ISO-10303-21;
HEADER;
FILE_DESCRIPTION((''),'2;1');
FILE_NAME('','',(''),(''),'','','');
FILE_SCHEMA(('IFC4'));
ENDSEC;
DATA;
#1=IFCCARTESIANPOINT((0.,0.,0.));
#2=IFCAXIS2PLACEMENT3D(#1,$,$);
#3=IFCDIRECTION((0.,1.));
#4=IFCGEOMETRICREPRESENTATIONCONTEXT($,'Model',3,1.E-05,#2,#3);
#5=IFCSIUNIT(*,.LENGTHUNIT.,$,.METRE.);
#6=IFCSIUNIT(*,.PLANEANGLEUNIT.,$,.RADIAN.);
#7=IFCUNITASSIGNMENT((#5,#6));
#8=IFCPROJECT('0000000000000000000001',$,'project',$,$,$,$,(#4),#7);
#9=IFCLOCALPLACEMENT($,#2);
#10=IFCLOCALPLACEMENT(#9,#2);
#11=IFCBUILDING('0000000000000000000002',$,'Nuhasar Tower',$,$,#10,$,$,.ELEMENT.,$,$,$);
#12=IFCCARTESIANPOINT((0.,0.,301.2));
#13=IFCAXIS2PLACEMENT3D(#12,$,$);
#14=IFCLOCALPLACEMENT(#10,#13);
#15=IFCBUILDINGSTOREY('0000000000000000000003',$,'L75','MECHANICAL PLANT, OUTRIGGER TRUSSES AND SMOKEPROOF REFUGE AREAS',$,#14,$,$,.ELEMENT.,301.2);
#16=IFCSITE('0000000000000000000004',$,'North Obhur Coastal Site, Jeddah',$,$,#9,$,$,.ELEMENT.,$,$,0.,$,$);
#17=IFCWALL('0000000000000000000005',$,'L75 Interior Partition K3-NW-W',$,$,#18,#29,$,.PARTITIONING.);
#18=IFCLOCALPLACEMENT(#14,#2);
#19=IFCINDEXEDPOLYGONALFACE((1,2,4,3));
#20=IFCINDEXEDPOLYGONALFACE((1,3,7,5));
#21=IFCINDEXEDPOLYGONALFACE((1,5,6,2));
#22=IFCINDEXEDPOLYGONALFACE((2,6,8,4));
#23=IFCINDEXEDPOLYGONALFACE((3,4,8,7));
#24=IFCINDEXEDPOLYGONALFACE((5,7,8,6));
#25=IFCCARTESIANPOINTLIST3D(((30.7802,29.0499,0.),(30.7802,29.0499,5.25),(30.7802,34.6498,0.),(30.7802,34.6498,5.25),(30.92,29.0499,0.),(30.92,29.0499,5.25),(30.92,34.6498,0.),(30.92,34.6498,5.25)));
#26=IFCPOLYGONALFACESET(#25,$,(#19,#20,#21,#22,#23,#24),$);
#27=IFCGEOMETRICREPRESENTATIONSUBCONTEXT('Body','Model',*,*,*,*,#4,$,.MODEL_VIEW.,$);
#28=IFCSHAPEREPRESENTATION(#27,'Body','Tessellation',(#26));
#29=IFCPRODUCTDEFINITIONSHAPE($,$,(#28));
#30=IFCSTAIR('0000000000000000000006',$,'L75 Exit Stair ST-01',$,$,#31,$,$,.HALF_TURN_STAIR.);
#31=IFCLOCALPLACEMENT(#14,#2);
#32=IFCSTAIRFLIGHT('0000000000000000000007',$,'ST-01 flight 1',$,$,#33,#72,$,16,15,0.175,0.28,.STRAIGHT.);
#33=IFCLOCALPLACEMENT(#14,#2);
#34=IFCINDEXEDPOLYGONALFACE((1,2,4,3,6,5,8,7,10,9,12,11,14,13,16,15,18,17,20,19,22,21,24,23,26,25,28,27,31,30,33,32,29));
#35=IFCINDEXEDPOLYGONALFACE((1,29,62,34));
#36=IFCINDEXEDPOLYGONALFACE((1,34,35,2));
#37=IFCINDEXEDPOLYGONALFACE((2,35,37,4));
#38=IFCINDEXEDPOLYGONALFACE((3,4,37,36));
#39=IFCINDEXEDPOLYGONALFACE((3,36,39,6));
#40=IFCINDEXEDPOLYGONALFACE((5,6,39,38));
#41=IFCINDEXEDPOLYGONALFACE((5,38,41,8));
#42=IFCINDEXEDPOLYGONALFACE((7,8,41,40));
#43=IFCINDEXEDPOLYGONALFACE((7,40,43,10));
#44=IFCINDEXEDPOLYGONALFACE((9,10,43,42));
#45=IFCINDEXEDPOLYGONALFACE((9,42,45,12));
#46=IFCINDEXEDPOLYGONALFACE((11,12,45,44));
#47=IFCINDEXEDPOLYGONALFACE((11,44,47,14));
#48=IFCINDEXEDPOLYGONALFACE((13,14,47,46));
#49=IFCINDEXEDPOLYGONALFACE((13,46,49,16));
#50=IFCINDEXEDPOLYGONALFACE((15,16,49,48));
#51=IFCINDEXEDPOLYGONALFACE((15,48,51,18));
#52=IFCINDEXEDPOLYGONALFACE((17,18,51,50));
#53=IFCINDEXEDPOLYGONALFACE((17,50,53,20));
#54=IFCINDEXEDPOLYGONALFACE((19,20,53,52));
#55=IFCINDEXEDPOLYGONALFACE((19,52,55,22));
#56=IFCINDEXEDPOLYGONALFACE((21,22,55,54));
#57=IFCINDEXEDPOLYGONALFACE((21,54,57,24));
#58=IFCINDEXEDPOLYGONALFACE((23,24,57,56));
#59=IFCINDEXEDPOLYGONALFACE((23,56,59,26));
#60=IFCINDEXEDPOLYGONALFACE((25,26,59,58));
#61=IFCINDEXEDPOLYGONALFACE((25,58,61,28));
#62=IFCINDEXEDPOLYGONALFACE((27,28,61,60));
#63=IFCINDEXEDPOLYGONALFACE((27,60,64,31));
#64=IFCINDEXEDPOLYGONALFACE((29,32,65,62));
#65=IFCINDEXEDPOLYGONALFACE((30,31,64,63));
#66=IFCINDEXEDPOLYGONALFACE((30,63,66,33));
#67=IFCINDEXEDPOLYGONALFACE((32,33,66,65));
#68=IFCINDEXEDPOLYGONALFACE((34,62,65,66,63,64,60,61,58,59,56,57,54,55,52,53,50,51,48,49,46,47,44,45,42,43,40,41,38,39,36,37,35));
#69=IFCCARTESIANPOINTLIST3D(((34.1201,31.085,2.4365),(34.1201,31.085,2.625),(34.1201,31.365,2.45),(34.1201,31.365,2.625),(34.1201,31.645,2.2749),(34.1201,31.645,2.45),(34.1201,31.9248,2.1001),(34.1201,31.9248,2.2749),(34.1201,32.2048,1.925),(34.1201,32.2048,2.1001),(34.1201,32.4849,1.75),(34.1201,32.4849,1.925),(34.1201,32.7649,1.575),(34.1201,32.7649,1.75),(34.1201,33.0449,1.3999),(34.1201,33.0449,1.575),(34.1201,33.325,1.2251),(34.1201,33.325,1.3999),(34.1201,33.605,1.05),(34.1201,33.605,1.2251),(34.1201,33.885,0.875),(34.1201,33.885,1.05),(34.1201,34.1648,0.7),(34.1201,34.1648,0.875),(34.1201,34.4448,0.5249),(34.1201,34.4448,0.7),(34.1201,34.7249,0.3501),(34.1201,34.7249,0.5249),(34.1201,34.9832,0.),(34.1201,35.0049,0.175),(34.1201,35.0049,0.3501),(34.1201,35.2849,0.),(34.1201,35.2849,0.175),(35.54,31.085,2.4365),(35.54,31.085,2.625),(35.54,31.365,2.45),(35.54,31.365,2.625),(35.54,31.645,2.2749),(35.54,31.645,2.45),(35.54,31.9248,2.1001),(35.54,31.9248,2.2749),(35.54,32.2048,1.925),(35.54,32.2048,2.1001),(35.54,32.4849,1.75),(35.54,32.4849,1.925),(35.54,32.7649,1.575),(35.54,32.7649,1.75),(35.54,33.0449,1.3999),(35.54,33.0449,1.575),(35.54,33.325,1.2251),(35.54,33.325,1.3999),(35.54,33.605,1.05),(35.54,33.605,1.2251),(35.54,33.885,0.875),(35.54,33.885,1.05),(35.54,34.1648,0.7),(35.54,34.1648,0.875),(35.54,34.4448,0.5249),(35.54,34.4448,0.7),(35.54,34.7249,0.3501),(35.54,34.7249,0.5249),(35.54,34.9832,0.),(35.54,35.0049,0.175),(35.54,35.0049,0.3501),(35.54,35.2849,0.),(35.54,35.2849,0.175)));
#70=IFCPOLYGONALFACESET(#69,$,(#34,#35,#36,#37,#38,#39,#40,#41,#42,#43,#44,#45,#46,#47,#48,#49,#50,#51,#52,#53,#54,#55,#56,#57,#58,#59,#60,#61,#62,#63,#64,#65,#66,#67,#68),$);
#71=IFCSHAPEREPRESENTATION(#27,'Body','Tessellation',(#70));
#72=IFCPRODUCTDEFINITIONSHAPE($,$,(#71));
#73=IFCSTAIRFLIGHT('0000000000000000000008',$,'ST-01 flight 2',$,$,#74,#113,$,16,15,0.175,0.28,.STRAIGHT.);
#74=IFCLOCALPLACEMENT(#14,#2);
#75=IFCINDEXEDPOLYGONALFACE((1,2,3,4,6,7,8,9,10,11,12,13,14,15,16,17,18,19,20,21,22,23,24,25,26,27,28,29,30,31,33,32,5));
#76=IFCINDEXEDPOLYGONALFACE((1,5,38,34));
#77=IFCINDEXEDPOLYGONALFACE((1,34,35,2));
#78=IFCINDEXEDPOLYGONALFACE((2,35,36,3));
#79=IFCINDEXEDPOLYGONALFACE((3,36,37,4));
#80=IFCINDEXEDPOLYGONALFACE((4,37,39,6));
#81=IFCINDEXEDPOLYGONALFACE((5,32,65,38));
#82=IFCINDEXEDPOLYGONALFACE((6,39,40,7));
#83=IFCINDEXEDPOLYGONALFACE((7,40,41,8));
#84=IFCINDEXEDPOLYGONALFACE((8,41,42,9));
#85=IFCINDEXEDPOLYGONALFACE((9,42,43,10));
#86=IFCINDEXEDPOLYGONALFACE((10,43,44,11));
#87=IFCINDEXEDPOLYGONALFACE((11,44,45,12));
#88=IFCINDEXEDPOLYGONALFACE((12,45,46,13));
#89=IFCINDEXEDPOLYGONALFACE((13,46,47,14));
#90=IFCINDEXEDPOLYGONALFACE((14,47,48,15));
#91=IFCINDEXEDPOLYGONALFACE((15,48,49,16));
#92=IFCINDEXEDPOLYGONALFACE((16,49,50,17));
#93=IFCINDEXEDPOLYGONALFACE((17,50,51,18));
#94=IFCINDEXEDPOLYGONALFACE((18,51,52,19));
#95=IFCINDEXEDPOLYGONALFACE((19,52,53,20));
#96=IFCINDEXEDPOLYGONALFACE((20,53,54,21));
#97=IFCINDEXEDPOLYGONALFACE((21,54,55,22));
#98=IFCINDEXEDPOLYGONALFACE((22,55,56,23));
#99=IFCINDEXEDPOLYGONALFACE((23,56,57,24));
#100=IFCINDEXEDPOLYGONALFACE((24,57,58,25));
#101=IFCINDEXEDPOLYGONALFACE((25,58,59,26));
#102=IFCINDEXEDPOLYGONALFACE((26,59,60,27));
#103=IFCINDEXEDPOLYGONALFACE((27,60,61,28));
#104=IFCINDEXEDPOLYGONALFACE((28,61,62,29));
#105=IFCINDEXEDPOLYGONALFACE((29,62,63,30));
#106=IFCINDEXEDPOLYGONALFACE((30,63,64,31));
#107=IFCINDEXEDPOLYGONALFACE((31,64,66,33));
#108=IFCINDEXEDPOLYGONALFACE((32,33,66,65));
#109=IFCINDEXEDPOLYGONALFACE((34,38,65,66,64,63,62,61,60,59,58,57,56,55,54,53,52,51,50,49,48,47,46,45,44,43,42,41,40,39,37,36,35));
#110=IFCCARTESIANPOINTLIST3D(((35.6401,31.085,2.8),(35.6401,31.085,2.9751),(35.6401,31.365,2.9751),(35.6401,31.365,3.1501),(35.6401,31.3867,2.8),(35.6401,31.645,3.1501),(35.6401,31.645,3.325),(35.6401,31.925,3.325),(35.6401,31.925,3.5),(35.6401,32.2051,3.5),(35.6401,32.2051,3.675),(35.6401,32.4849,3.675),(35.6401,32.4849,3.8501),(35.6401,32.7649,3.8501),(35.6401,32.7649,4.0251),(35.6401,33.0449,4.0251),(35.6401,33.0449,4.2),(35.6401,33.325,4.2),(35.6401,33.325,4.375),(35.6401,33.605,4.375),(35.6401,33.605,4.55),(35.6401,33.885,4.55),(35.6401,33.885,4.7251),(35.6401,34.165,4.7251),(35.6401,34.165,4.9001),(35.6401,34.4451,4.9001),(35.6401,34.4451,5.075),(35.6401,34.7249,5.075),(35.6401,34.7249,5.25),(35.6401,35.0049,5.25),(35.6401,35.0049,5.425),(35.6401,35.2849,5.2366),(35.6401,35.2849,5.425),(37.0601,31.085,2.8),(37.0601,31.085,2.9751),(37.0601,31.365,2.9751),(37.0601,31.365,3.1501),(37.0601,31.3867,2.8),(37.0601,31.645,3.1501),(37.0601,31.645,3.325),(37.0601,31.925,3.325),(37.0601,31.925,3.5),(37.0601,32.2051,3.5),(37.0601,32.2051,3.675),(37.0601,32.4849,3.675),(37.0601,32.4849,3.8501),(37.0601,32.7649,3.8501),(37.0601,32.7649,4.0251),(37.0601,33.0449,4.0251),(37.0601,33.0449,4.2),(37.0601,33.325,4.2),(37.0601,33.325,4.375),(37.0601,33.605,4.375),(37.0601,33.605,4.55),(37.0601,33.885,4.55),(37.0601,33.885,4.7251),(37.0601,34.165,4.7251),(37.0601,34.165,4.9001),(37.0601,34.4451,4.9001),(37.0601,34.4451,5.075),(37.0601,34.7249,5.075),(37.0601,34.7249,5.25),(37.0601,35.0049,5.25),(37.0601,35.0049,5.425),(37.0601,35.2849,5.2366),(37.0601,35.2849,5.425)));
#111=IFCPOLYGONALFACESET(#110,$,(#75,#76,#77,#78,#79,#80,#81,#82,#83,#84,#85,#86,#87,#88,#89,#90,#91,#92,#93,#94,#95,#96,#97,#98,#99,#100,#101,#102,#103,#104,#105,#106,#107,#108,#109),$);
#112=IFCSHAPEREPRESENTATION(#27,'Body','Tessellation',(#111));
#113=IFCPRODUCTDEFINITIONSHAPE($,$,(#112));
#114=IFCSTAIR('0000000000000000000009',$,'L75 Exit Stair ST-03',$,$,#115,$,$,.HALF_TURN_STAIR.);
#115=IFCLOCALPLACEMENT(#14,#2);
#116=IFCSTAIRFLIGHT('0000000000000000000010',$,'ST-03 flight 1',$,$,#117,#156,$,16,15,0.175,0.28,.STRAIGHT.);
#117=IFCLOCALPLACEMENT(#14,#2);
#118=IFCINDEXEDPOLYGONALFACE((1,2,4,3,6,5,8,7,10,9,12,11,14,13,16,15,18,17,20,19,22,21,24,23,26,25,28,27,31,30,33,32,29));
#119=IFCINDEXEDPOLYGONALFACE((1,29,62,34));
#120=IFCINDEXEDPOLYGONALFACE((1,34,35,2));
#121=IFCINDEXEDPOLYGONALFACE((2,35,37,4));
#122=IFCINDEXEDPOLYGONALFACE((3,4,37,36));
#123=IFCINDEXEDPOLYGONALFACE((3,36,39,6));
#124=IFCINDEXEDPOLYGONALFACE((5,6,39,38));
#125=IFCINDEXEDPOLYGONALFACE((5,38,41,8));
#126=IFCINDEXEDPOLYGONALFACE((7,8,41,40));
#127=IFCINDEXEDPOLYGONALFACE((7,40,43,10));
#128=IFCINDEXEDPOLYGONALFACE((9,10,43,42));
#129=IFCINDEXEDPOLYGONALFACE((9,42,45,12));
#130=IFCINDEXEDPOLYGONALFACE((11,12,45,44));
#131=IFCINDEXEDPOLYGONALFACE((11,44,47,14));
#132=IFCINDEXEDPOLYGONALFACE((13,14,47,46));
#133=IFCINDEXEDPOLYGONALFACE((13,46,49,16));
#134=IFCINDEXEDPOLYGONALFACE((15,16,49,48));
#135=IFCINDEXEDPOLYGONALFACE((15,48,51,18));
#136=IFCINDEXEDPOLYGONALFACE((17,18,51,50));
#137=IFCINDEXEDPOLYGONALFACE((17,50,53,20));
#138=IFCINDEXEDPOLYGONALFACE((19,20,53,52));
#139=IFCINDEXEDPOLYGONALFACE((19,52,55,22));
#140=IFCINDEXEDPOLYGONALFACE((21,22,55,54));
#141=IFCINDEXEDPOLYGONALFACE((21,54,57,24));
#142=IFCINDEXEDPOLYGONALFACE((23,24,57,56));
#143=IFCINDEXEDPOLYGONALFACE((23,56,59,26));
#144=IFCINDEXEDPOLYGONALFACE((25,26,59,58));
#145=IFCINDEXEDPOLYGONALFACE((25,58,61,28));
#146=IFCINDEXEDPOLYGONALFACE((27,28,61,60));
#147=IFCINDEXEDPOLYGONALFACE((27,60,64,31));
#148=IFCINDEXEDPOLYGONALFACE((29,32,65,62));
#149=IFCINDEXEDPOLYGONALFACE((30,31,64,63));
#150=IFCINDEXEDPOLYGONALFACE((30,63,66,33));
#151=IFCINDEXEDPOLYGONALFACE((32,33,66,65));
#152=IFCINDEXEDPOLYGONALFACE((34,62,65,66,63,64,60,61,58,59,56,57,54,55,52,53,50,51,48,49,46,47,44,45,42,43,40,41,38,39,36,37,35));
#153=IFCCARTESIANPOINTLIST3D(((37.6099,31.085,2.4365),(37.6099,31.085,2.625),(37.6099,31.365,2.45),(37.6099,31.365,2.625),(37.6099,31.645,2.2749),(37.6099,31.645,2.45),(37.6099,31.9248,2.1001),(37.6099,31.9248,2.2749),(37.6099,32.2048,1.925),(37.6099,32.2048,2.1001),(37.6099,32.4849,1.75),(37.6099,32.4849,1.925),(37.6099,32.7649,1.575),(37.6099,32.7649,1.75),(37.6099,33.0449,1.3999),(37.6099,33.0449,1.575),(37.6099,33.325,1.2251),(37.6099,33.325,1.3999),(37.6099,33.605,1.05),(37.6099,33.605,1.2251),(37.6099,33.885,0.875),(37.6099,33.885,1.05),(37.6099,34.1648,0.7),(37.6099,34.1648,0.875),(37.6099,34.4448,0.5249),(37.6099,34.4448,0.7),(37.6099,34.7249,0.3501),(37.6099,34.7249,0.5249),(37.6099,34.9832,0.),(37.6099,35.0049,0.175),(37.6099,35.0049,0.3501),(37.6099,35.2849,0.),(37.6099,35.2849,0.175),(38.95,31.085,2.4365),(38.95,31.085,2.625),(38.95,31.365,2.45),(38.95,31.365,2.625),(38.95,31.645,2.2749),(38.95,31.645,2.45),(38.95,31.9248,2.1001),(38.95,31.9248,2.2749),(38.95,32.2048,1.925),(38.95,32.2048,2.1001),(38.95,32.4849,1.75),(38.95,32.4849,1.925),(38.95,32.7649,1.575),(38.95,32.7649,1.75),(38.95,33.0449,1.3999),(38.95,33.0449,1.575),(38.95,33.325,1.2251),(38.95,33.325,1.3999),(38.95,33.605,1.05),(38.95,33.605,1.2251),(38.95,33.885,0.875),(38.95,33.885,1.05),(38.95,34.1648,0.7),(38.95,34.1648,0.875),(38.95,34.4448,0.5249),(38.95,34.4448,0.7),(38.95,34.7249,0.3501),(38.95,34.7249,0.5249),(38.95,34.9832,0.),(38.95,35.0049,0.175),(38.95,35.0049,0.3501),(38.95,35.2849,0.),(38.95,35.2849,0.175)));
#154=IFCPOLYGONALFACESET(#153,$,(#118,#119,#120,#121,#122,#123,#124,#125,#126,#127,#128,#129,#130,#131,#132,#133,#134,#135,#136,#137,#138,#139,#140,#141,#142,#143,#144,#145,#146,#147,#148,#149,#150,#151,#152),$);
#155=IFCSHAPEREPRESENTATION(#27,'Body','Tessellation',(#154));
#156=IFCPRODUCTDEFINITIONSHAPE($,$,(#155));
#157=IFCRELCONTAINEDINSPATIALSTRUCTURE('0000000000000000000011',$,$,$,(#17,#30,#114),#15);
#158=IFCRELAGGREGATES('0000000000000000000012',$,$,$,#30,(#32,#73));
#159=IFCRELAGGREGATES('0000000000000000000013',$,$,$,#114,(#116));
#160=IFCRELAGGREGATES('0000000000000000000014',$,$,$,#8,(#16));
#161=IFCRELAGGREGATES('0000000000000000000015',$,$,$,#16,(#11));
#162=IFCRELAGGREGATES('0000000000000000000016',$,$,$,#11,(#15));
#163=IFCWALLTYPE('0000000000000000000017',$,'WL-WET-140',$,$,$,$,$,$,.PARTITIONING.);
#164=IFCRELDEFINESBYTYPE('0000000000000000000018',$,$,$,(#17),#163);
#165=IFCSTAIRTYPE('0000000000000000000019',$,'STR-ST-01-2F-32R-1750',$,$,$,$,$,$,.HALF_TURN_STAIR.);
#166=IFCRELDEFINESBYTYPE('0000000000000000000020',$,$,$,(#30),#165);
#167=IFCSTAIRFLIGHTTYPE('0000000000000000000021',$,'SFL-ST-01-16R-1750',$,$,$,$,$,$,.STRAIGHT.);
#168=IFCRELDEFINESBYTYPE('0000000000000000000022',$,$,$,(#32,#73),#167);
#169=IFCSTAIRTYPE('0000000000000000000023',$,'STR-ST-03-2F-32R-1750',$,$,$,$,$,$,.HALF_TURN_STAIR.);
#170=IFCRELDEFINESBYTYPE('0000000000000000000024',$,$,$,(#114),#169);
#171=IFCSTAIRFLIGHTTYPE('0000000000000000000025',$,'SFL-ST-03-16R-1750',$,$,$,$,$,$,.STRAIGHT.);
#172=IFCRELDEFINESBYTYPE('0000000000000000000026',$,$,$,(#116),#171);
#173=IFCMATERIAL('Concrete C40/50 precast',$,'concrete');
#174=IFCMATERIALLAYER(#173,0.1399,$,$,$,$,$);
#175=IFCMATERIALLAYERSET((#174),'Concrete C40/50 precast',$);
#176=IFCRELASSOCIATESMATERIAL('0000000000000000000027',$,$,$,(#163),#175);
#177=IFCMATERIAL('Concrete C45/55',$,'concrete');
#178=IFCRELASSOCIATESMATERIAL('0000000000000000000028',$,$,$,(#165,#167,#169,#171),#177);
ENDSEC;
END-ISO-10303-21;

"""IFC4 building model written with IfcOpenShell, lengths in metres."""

from ifc_helpers import new_model, si_unit, direction, frame, frame_2d, origin, place, context, subcontext, project, spatial, polyline, rectangle, outline, extrude, material, layer, layer_set, type_object, element, aggregate, save


model = new_model("IFC4")

# Units and contexts
model_context = context("Model", 3, precision=1e-05, world=origin(), true_north=direction((0.0, 1.0)))
body_context = subcontext(model_context, "Body", "Model", "MODEL_VIEW")
ifc_project = project(units=[si_unit("LENGTHUNIT", "METRE"), si_unit("PLANEANGLEUNIT", "RADIAN")], contexts=[model_context])

# Site, building, storey
site_placement = place(None, origin())
site = spatial("IfcSite", under=ifc_project, at=site_placement, Name="North Obhur Coastal Site, Jeddah", CompositionType="ELEMENT", RefElevation=0.0)
building_placement = place(site_placement, origin())
building = spatial("IfcBuilding", under=site, at=building_placement, Name="Nuhasar Tower", CompositionType="ELEMENT")
storey_placement = place(building_placement, frame((0.0, 0.0, 301.2)))
storey = spatial("IfcBuildingStorey", under=building, at=storey_placement, Name="L75", Description="MECHANICAL PLANT, OUTRIGGER TRUSSES AND SMOKEPROOF REFUGE AREAS", CompositionType="ELEMENT", Elevation=301.2)

# Shared definitions
ifc_material_1 = material(Name="Concrete C40/50 precast", Category="concrete")
ifc_layer_1 = layer(ifc_material_1, 0.1399)
ifc_layer_set_1 = layer_set([ifc_layer_1], Name="Concrete C40/50 precast")
wall_type_1 = type_object("IfcWallType", Name="WL-WET-140", PredefinedType="PARTITIONING", material=ifc_layer_set_1)

# Wall
wall_1_placement = place(storey_placement, frame((30.8501, 29.05, 0.0), z_axis=(0.0, 0.0, 1.0), x_axis=(0.0, 1.0, 0.0)))
element("IfcWall", 1, at=wall_1_placement, inside=storey, type_object=wall_type_1, Name="L75 Interior Partition K3-NW-W", PredefinedType="PARTITIONING", context=body_context, shape_type="SweptSolid", body=[
    extrude(rectangle(XDim=5.5999, YDim=0.1399, at=frame_2d((2.7998, 0.0))), origin(), (0.0, 0.0, 1.0), 5.25),
])

# Stair, stair flights
ifc_material_2 = material(Name="Concrete C45/55", Category="concrete")
stair_type_1 = type_object("IfcStairType", Name="STR-ST-01-2F-32R-1750", PredefinedType="HALF_TURN_STAIR", material=ifc_material_2)
stair_1_placement = place(storey_placement, origin())
stair_1 = element("IfcStair", 2, at=stair_1_placement, inside=storey, type_object=stair_type_1, Name="L75 Exit Stair ST-01", PredefinedType="HALF_TURN_STAIR")
stair_flight_type_1 = type_object("IfcStairFlightType", Name="SFL-ST-01-16R-1750", PredefinedType="STRAIGHT", material=ifc_material_2)
stair_flight_1_placement = place(storey_placement, frame((34.8301, 35.2849, 0.0), z_axis=(0.0, 0.0, 1.0), x_axis=(0.0, -1.0, 0.0)))
stair_flight_1 = element("IfcStairFlight", 3, at=stair_flight_1_placement, type_object=stair_flight_type_1, Name="ST-01 flight 1", NumberOfRisers=16, NumberOfTreads=15, PredefinedType="STRAIGHT", RiserHeight=0.175, TreadLength=0.28, context=body_context, shape_type="SweptSolid", body=[
    extrude(outline(polyline([(0.0, 0.0), (0.0, 0.175), (0.28, 0.175), (0.28, 0.3501), (0.5601, 0.3501), (0.5601, 0.5249), (0.8401, 0.5249), (0.8401, 0.7), (1.1201, 0.7), (1.1201, 0.875), (1.3999, 0.875), (1.3999, 1.05), (1.6799, 1.05), (1.6799, 1.2251), (1.96, 1.2251), (1.96, 1.3999), (2.24, 1.3999), (2.24, 1.575), (2.52, 1.575), (2.52, 1.75), (2.8, 1.75), (2.8, 1.925), (3.0801, 1.925), (3.0801, 2.1001), (3.3601, 2.1001), (3.3601, 2.2749), (3.6399, 2.2749), (3.6399, 2.45), (3.9199, 2.45), (3.9199, 2.625), (4.2, 2.625), (4.2, 2.8), (4.2, 2.4365), (0.3018, 0.0), (0.0, 0.0)])), frame((0.0, 0.71, 0.0), z_axis=(0.0, -1.0, 0.0), x_axis=(1.0, 0.0, 0.0)), (0.0, 0.0, 1.0), 1.4199),
])
stair_flight_2_placement = place(storey_placement, frame((36.3501, 31.085, 2.8), z_axis=(0.0, 0.0, 1.0), x_axis=(0.0, 1.0, 0.0)))
stair_flight_2 = element("IfcStairFlight", 4, at=stair_flight_2_placement, type_object=stair_flight_type_1, Name="ST-01 flight 2", NumberOfRisers=16, NumberOfTreads=15, PredefinedType="STRAIGHT", RiserHeight=0.175, TreadLength=0.28, context=body_context, shape_type="SweptSolid", body=[
    extrude(outline(polyline([(0.0, 0.0), (0.0, 0.175), (0.28, 0.175), (0.28, 0.3501), (0.5601, 0.3501), (0.5601, 0.5249), (0.8401, 0.5249), (0.8401, 0.7), (1.1201, 0.7), (1.1201, 0.875), (1.3999, 0.875), (1.3999, 1.05), (1.6799, 1.05), (1.6799, 1.2251), (1.96, 1.2251), (1.96, 1.3999), (2.24, 1.3999), (2.24, 1.575), (2.52, 1.575), (2.52, 1.75), (2.8, 1.75), (2.8, 1.925), (3.0801, 1.925), (3.0801, 2.1001), (3.3601, 2.1001), (3.3601, 2.2749), (3.6399, 2.2749), (3.6399, 2.45), (3.9199, 2.45), (3.9199, 2.625), (4.2, 2.625), (4.2, 2.8), (4.2, 2.4365), (0.3018, 0.0), (0.0, 0.0)])), frame((0.0, 0.71, 0.0), z_axis=(0.0, -1.0, 0.0), x_axis=(1.0, 0.0, 0.0)), (0.0, 0.0, 1.0), 1.4199),
])
aggregate(stair_1, [stair_flight_1, stair_flight_2])

# Stair, stair flight
stair_type_2 = type_object("IfcStairType", Name="STR-ST-03-2F-32R-1750", PredefinedType="HALF_TURN_STAIR", material=ifc_material_2)
stair_2_placement = place(storey_placement, origin())
stair_2 = element("IfcStair", 5, at=stair_2_placement, inside=storey, type_object=stair_type_2, Name="L75 Exit Stair ST-03", PredefinedType="HALF_TURN_STAIR")
stair_flight_type_2 = type_object("IfcStairFlightType", Name="SFL-ST-03-16R-1750", PredefinedType="STRAIGHT", material=ifc_material_2)
stair_flight_3_placement = place(storey_placement, frame((38.28, 35.2849, 0.0), z_axis=(0.0, 0.0, 1.0), x_axis=(0.0, -1.0, 0.0)))
stair_flight_3 = element("IfcStairFlight", 6, at=stair_flight_3_placement, type_object=stair_flight_type_2, Name="ST-03 flight 1", NumberOfRisers=16, NumberOfTreads=15, PredefinedType="STRAIGHT", RiserHeight=0.175, TreadLength=0.28, context=body_context, shape_type="SweptSolid", body=[
    extrude(outline(polyline([(0.0, 0.0), (0.0, 0.175), (0.28, 0.175), (0.28, 0.3501), (0.5601, 0.3501), (0.5601, 0.5249), (0.8401, 0.5249), (0.8401, 0.7), (1.1201, 0.7), (1.1201, 0.875), (1.3999, 0.875), (1.3999, 1.05), (1.6799, 1.05), (1.6799, 1.2251), (1.96, 1.2251), (1.96, 1.3999), (2.24, 1.3999), (2.24, 1.575), (2.52, 1.575), (2.52, 1.75), (2.8, 1.75), (2.8, 1.925), (3.0801, 1.925), (3.0801, 2.1001), (3.3601, 2.1001), (3.3601, 2.2749), (3.6399, 2.2749), (3.6399, 2.45), (3.9199, 2.45), (3.9199, 2.625), (4.2, 2.625), (4.2, 2.8), (4.2, 2.4365), (0.3018, 0.0), (0.0, 0.0)])), frame((0.0, 0.6699, 0.0), z_axis=(0.0, -1.0, 0.0), x_axis=(1.0, 0.0, 0.0)), (0.0, 0.0, 1.0), 1.3401),
])
aggregate(stair_2, [stair_flight_3])

save(model, "model.ifc")
